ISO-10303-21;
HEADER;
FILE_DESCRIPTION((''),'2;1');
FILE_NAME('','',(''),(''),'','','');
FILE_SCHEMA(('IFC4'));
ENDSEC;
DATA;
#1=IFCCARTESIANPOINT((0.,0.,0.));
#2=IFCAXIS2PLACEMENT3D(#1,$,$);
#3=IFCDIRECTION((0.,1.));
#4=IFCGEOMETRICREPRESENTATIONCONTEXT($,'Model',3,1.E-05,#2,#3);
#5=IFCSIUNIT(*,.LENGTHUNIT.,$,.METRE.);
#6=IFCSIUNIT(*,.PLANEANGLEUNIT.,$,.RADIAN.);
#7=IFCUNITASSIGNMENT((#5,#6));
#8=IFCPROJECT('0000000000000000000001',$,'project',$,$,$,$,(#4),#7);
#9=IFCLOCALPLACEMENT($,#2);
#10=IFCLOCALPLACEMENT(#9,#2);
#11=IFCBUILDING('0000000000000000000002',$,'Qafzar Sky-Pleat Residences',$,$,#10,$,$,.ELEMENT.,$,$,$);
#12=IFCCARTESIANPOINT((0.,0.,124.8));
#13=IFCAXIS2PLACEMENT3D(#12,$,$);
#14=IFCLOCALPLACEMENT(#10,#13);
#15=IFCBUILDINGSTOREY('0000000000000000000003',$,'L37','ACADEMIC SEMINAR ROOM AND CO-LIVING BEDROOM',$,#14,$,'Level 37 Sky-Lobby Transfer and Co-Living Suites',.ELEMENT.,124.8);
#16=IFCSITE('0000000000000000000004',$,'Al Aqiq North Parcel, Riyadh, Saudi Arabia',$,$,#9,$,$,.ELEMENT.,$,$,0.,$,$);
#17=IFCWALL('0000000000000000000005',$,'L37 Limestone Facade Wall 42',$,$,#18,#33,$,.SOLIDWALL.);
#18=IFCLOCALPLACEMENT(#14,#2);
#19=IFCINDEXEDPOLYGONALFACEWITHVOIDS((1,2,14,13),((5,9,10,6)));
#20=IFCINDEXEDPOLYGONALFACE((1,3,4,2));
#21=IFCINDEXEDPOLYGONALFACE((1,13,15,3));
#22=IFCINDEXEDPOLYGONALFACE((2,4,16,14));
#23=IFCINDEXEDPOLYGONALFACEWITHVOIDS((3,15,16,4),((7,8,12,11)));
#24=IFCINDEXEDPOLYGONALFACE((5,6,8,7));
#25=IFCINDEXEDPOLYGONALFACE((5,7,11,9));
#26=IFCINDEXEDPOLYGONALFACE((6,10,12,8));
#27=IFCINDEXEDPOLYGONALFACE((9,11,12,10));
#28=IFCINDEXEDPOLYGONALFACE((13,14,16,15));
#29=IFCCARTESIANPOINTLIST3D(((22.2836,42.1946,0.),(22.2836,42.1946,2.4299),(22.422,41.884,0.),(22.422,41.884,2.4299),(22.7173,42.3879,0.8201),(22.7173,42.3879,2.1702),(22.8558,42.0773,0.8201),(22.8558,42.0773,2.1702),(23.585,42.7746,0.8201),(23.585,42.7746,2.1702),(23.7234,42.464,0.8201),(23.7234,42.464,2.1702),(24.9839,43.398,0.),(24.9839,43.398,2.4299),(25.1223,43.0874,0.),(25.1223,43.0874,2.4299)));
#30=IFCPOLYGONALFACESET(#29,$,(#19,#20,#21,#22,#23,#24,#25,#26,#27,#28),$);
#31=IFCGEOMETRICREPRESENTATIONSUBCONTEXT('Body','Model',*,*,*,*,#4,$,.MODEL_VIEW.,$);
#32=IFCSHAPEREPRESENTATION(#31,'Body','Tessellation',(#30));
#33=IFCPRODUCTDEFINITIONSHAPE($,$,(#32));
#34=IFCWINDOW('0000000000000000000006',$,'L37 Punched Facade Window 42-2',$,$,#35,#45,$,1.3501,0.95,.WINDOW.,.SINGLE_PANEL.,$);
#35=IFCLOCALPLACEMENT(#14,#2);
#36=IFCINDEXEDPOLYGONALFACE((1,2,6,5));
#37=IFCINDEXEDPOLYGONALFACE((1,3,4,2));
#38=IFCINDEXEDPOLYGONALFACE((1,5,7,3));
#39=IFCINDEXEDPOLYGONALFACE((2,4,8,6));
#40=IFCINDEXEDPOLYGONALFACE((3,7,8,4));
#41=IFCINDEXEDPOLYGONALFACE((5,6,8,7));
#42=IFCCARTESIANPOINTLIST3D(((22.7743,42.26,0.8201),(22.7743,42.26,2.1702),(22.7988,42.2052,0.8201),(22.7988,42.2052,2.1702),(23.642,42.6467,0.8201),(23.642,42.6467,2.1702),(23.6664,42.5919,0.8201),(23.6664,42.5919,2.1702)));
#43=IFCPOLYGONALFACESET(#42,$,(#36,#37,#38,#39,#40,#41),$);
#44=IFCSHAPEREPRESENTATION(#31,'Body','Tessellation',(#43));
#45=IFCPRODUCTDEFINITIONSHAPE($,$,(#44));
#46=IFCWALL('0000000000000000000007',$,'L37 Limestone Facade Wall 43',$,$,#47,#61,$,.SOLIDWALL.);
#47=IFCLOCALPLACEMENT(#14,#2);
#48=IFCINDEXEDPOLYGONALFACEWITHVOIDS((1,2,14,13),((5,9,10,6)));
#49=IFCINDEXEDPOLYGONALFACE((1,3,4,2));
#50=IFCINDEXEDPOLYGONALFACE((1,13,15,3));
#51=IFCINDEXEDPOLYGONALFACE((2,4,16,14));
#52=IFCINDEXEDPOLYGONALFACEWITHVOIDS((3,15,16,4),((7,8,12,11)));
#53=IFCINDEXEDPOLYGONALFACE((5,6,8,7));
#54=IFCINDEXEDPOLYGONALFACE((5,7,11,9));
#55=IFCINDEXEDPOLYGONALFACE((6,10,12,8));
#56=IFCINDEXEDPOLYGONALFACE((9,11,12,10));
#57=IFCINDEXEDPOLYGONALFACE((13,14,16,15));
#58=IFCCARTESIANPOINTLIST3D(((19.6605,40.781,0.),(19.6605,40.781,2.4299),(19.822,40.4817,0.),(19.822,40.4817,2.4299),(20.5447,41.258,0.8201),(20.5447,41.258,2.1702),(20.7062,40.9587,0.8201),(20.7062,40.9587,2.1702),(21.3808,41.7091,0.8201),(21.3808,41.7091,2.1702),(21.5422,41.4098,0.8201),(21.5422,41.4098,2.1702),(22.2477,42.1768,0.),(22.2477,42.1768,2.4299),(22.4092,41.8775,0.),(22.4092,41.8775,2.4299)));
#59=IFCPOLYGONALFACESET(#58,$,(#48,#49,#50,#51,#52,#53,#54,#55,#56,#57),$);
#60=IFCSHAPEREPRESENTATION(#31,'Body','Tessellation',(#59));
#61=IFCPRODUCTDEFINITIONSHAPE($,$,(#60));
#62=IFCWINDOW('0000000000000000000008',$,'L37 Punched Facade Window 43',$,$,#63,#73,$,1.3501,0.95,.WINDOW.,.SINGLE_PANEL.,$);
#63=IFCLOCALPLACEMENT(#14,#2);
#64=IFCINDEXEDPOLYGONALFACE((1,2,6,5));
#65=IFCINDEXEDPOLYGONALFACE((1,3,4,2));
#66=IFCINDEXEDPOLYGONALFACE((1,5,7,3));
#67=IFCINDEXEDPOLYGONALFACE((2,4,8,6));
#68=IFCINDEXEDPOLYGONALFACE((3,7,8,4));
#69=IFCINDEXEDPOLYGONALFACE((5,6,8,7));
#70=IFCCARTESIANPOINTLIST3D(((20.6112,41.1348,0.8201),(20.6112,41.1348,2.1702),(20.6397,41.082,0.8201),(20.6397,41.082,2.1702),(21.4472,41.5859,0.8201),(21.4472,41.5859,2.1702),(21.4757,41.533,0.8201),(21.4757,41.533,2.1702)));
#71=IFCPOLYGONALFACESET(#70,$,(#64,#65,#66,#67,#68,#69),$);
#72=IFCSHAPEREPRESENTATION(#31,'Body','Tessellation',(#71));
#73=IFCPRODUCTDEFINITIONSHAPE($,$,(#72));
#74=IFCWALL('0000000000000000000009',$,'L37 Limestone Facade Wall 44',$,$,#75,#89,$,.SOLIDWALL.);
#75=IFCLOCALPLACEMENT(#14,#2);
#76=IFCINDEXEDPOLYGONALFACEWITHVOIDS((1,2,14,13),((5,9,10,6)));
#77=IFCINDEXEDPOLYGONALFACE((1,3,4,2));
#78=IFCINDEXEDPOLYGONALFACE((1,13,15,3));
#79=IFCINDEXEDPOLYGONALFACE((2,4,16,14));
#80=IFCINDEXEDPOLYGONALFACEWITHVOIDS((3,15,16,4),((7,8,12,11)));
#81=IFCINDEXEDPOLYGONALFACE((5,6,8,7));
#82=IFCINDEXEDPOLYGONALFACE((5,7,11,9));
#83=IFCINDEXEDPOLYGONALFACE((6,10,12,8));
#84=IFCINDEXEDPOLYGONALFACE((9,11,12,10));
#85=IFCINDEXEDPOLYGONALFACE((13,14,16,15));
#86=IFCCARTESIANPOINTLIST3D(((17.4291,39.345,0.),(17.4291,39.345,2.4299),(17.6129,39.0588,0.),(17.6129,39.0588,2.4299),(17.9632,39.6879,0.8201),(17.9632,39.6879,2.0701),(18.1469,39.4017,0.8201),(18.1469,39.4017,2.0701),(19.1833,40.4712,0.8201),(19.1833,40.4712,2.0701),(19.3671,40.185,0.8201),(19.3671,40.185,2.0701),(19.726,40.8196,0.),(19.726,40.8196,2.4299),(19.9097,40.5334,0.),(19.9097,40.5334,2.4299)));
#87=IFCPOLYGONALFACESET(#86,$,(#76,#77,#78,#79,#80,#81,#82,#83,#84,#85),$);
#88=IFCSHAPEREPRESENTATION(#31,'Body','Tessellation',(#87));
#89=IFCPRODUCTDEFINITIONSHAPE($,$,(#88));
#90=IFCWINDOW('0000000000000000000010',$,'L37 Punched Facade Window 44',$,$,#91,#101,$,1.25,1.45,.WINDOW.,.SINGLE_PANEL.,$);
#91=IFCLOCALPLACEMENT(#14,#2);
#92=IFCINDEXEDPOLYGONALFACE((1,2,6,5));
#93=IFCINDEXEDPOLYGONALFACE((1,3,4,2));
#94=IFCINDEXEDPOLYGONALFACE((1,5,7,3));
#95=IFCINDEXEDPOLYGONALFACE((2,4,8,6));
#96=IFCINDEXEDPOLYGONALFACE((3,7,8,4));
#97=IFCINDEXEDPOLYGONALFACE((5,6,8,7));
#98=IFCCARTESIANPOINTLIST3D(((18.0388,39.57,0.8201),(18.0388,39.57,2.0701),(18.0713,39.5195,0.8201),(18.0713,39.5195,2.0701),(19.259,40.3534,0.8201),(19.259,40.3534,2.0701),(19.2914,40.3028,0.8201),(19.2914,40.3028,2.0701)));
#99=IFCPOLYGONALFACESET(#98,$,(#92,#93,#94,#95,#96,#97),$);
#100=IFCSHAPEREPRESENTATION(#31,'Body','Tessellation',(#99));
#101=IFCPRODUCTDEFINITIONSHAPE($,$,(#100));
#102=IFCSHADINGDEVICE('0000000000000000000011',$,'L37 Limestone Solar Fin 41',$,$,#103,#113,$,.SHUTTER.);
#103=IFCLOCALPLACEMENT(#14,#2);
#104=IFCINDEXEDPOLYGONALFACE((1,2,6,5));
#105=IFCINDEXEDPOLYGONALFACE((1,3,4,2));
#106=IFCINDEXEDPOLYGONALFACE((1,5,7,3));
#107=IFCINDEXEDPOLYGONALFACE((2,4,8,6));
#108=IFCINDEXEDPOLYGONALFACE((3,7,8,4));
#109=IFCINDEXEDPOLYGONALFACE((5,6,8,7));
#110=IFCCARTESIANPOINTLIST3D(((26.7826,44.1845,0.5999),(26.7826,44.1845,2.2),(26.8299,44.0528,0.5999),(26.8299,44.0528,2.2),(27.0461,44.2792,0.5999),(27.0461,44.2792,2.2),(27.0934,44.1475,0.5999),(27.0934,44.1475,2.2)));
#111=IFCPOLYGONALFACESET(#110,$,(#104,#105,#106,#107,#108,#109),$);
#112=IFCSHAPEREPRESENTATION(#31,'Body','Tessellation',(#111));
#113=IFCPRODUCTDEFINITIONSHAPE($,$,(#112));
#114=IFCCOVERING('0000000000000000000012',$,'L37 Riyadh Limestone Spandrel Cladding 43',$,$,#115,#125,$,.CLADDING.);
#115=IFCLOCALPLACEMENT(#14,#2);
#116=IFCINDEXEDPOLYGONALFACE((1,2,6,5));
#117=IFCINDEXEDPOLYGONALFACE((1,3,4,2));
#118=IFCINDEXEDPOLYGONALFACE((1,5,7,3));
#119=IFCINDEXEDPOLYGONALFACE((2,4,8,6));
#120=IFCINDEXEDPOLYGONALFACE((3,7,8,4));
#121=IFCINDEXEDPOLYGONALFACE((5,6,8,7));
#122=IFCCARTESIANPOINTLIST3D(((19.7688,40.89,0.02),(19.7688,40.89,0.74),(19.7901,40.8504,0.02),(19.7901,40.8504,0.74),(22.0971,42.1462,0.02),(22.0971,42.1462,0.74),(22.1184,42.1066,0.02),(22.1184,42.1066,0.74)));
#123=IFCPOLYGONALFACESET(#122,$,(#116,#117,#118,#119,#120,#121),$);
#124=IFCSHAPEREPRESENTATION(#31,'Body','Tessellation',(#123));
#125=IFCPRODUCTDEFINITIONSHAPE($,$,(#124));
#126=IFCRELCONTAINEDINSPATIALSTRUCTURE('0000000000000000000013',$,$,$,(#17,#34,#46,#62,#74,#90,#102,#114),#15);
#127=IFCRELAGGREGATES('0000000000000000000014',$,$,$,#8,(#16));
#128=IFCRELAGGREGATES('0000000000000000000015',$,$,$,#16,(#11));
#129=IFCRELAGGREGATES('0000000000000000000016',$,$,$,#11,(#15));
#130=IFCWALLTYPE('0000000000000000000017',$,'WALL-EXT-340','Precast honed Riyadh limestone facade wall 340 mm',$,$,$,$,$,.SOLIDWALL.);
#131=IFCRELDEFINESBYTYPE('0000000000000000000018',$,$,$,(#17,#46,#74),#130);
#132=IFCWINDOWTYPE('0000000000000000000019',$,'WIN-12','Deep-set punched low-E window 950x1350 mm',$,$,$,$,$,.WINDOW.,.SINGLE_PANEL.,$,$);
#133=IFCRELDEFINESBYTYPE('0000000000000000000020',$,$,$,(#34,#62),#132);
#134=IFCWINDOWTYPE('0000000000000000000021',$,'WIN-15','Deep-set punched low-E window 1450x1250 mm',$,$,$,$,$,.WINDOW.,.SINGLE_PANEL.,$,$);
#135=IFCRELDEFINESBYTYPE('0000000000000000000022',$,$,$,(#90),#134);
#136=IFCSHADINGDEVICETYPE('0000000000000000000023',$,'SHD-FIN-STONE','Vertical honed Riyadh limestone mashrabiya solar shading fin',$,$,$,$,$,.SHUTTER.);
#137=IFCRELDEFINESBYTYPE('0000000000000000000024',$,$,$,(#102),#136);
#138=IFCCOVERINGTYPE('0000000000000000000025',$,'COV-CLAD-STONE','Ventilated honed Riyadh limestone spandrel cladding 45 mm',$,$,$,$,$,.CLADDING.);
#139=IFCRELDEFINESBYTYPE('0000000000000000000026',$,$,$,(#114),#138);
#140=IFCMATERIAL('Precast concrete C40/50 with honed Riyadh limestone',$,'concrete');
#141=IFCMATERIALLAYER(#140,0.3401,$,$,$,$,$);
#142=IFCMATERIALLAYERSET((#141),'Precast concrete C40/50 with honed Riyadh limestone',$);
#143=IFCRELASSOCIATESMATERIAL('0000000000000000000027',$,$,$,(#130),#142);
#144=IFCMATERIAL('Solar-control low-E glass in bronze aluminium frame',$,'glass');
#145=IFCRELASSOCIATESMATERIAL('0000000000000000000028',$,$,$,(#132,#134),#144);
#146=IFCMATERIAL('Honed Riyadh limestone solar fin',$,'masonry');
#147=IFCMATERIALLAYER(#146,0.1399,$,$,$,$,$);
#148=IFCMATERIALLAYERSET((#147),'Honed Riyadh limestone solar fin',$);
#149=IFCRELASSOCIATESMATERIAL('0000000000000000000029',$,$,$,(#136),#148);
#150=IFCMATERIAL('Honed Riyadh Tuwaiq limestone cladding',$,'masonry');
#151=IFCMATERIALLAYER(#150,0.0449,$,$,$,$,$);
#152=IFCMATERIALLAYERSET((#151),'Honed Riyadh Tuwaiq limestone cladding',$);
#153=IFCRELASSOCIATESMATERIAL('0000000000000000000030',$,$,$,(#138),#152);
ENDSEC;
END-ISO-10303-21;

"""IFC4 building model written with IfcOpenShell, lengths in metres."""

from ifc_helpers import new_model, si_unit, direction, frame, frame_2d, origin, origin_2d, place, context, subcontext, project, spatial, rectangle, extrude, source, transform, mapped, material, layer, layer_set, type_object, element, fill, save


model = new_model("IFC4")

# Units and contexts
model_context = context("Model", 3, precision=1e-05, world=origin(), true_north=direction((0.0, 1.0)))
body_context = subcontext(model_context, "Body", "Model", "MODEL_VIEW")
ifc_project = project(units=[si_unit("LENGTHUNIT", "METRE"), si_unit("PLANEANGLEUNIT", "RADIAN")], contexts=[model_context])

# Site, building, storey
site_placement = place(None, origin())
site = spatial("IfcSite", under=ifc_project, at=site_placement, Name="Al Aqiq North Parcel, Riyadh, Saudi Arabia", CompositionType="ELEMENT", RefElevation=0.0)
building_placement = place(site_placement, origin())
building = spatial("IfcBuilding", under=site, at=building_placement, Name="Qafzar Sky-Pleat Residences", CompositionType="ELEMENT")
storey_placement = place(building_placement, frame((0.0, 0.0, 124.8)))
storey = spatial("IfcBuildingStorey", under=building, at=storey_placement, Name="L37", Description="ACADEMIC SEMINAR ROOM AND CO-LIVING BEDROOM", LongName="Level 37 Sky-Lobby Transfer and Co-Living Suites", CompositionType="ELEMENT", Elevation=124.8)

# Shared definitions
ifc_material_1 = material(Name="Precast concrete C40/50 with honed Riyadh limestone", Category="concrete")
ifc_layer_1 = layer(ifc_material_1, 0.3401)
ifc_layer_set_1 = layer_set([ifc_layer_1], Name="Precast concrete C40/50 with honed Riyadh limestone")
wall_type_1 = type_object("IfcWallType", Name="WALL-EXT-340", Description="Precast honed Riyadh limestone facade wall 340 mm", PredefinedType="SOLIDWALL", material=ifc_layer_set_1)

# Walls, openings, windows
wall_1_placement = place(storey_placement, frame((25.053, 43.2427, 0.0), z_axis=(0.0, 0.0, 1.0), x_axis=(-0.913399, -0.407065, 0.0)))
wall_1 = element("IfcWall", 1, at=wall_1_placement, inside=storey, type_object=wall_type_1, Name="L37 Limestone Facade Wall 42", PredefinedType="SOLIDWALL", context=body_context, shape_type="SweptSolid", body=[
    extrude(rectangle(XDim=2.9563, YDim=0.3401, at=frame_2d((1.478, 0.0))), origin(), (0.0, 0.0, 1.0), 2.4299),
])
opening_1_placement = place(wall_1_placement, frame((1.5312, 0.0, 0.8201)))
opening_1 = element("IfcOpeningElement", 2, at=opening_1_placement, cuts=wall_1, PredefinedType="OPENING", context=body_context, shape_type="SweptSolid", body=[
    extrude(rectangle(XDim=0.95, YDim=1.3501, at=frame_2d((0.4751, 0.675))), frame((0.0, 0.1802, 0.0), z_axis=(0.0, -1.0, 0.0), x_axis=(1.0, 0.0, 0.0)), (0.0, 0.0, 1.0), 0.3601),
])
ifc_material_2 = material(Name="Solar-control low-E glass in bronze aluminium frame", Category="glass")
window_type_1 = type_object("IfcWindowType", Name="WIN-12", Description="Deep-set punched low-E window 950x1350 mm", PartitioningType="SINGLE_PANEL", PredefinedType="WINDOW", material=ifc_material_2)
shared_shape_1 = source(origin(), body_context, "Body", "SweptSolid", [
    extrude(rectangle(XDim=0.95, YDim=1.3501, at=frame_2d((0.4751, 0.675))), frame((0.0, 0.03, 0.0), z_axis=(0.0, -1.0, 0.0), x_axis=(1.0, 0.0, 0.0)), (0.0, 0.0, 1.0), 0.0601),
])
window_1_placement = place(opening_1_placement, origin())
window_1 = element("IfcWindow", 3, at=window_1_placement, inside=storey, type_object=window_type_1, Name="L37 Punched Facade Window 42-2", OverallHeight=1.3501, OverallWidth=0.95, PartitioningType="SINGLE_PANEL", PredefinedType="WINDOW", context=body_context, shape_type="MappedRepresentation", body=[
    mapped(shared_shape_1, transform((0.0, 0.0, 0.0), x_axis=(1.0, 0.0, 0.0), y_axis=(0.0, 1.0, 0.0), z_axis=(0.0, 0.0, 1.0), scale=1.0)),
])
fill(opening_1, window_1)
wall_2_placement = place(storey_placement, frame((22.3284, 42.0271, 0.0), z_axis=(0.0, 0.0, 1.0), x_axis=(-0.880092, -0.474803, 0.0)))
wall_2 = element("IfcWall", 4, at=wall_2_placement, inside=storey, type_object=wall_type_1, Name="L37 Limestone Facade Wall 43", PredefinedType="SOLIDWALL", context=body_context, shape_type="SweptSolid", body=[
    extrude(rectangle(XDim=2.9397, YDim=0.3401, at=frame_2d((1.4697, 0.0))), origin(), (0.0, 0.0, 1.0), 2.4299),
])
opening_2_placement = place(wall_2_placement, frame((0.9849, 0.0, 0.8201)))
opening_2 = element("IfcOpeningElement", 5, at=opening_2_placement, cuts=wall_2, PredefinedType="OPENING", context=body_context, shape_type="SweptSolid", body=[
    extrude(rectangle(XDim=0.95, YDim=1.3501, at=frame_2d((0.4751, 0.675))), frame((0.0, 0.1802, 0.0), z_axis=(0.0, -1.0, 0.0), x_axis=(1.0, 0.0, 0.0)), (0.0, 0.0, 1.0), 0.3601),
])
window_2_placement = place(opening_2_placement, origin())
window_2 = element("IfcWindow", 6, at=window_2_placement, inside=storey, type_object=window_type_1, Name="L37 Punched Facade Window 43", OverallHeight=1.3501, OverallWidth=0.95, PartitioningType="SINGLE_PANEL", PredefinedType="WINDOW", context=body_context, shape_type="MappedRepresentation", body=[
    mapped(shared_shape_1, transform((0.0, 0.0, 0.0), x_axis=(1.0, 0.0, 0.0), y_axis=(0.0, 1.0, 0.0), z_axis=(0.0, 0.0, 1.0), scale=1.0)),
])
fill(opening_2, window_2)
wall_3_placement = place(storey_placement, frame((19.8179, 40.6765, 0.0), z_axis=(0.0, 0.0, 1.0), x_axis=(-0.841504, -0.540251, 0.0)))
wall_3 = element("IfcWall", 7, at=wall_3_placement, inside=storey, type_object=wall_type_1, Name="L37 Limestone Facade Wall 44", PredefinedType="SOLIDWALL", context=body_context, shape_type="SweptSolid", body=[
    extrude(rectangle(XDim=2.7295, YDim=0.3401, at=frame_2d((1.3647, 0.0))), origin(), (0.0, 0.0, 1.0), 2.4299),
])
opening_3_placement = place(wall_3_placement, frame((0.6448, 0.0, 0.8201)))
opening_3 = element("IfcOpeningElement", 8, at=opening_3_placement, cuts=wall_3, PredefinedType="OPENING", context=body_context, shape_type="SweptSolid", body=[
    extrude(rectangle(XDim=1.45, YDim=1.25, at=frame_2d((0.7251, 0.625))), frame((0.0, 0.1802, 0.0), z_axis=(0.0, -1.0, 0.0), x_axis=(1.0, 0.0, 0.0)), (0.0, 0.0, 1.0), 0.3601),
])
window_type_2 = type_object("IfcWindowType", Name="WIN-15", Description="Deep-set punched low-E window 1450x1250 mm", PartitioningType="SINGLE_PANEL", PredefinedType="WINDOW", material=ifc_material_2)
shared_shape_2 = source(origin(), body_context, "Body", "SweptSolid", [
    extrude(rectangle(XDim=1.45, YDim=1.25, at=frame_2d((0.7251, 0.625))), frame((0.0, 0.03, 0.0), z_axis=(0.0, -1.0, 0.0), x_axis=(1.0, 0.0, 0.0)), (0.0, 0.0, 1.0), 0.0601),
])
window_3_placement = place(opening_3_placement, origin())
window_3 = element("IfcWindow", 9, at=window_3_placement, inside=storey, type_object=window_type_2, Name="L37 Punched Facade Window 44", OverallHeight=1.25, OverallWidth=1.45, PartitioningType="SINGLE_PANEL", PredefinedType="WINDOW", context=body_context, shape_type="MappedRepresentation", body=[
    mapped(shared_shape_2, transform((0.0, 0.0, 0.0), x_axis=(1.0, 0.0, 0.0), y_axis=(0.0, 1.0, 0.0), z_axis=(0.0, 0.0, 1.0), scale=1.0)),
])
fill(opening_3, window_3)

# Shading device
ifc_material_3 = material(Name="Honed Riyadh limestone solar fin", Category="masonry")
ifc_layer_2 = layer(ifc_material_3, 0.1399)
ifc_layer_set_2 = layer_set([ifc_layer_2], Name="Honed Riyadh limestone solar fin")
shading_device_type = type_object("IfcShadingDeviceType", Name="SHD-FIN-STONE", Description="Vertical honed Riyadh limestone mashrabiya solar shading fin", PredefinedType="SHUTTER", material=ifc_layer_set_2)
shared_shape_3 = source(origin(), body_context, "Body", "SweptSolid", [
    extrude(rectangle(XDim=0.1399, YDim=0.28, at=origin_2d()), origin(), (0.0, 0.0, 1.0), 1.6001),
])
shading_device_placement = place(storey_placement, frame((26.938, 44.166, 0.5999), z_axis=(0.0, 0.0, 1.0), x_axis=(-0.338171, 0.941085, 0.0)))
element("IfcShadingDevice", 10, at=shading_device_placement, inside=storey, type_object=shading_device_type, Name="L37 Limestone Solar Fin 41", PredefinedType="SHUTTER", context=body_context, shape_type="MappedRepresentation", body=[
    mapped(shared_shape_3, transform((0.0, 0.0, 0.0), x_axis=(1.0, 0.0, 0.0), y_axis=(0.0, 1.0, 0.0), z_axis=(0.0, 0.0, 1.0), scale=1.0)),
])

# Covering
ifc_material_4 = material(Name="Honed Riyadh Tuwaiq limestone cladding", Category="masonry")
ifc_layer_3 = layer(ifc_material_4, 0.0449)
ifc_layer_set_3 = layer_set([ifc_layer_3], Name="Honed Riyadh Tuwaiq limestone cladding")
covering_type = type_object("IfcCoveringType", Name="COV-CLAD-STONE", Description="Ventilated honed Riyadh limestone spandrel cladding 45 mm", PredefinedType="CLADDING", material=ifc_layer_set_3)
shared_shape_4 = source(origin(), body_context, "Body", "SweptSolid", [
    extrude(rectangle(XDim=2.6455, YDim=0.0449, at=origin_2d()), origin(), (0.0, 0.0, 1.0), 0.72),
])
covering_placement = place(storey_placement, frame((20.9436, 41.4983, 0.02), z_axis=(0.0, 0.0, 1.0), x_axis=(-0.880073, -0.474838, 0.0)))
element("IfcCovering", 11, at=covering_placement, inside=storey, type_object=covering_type, Name="L37 Riyadh Limestone Spandrel Cladding 43", PredefinedType="CLADDING", context=body_context, shape_type="MappedRepresentation", body=[
    mapped(shared_shape_4, transform((0.0, 0.0, 0.0), x_axis=(1.0, 0.0, 0.0), y_axis=(0.0, 1.0, 0.0), z_axis=(0.0, 0.0, 1.0), scale=1.0)),
])

save(model, "model.ifc")
